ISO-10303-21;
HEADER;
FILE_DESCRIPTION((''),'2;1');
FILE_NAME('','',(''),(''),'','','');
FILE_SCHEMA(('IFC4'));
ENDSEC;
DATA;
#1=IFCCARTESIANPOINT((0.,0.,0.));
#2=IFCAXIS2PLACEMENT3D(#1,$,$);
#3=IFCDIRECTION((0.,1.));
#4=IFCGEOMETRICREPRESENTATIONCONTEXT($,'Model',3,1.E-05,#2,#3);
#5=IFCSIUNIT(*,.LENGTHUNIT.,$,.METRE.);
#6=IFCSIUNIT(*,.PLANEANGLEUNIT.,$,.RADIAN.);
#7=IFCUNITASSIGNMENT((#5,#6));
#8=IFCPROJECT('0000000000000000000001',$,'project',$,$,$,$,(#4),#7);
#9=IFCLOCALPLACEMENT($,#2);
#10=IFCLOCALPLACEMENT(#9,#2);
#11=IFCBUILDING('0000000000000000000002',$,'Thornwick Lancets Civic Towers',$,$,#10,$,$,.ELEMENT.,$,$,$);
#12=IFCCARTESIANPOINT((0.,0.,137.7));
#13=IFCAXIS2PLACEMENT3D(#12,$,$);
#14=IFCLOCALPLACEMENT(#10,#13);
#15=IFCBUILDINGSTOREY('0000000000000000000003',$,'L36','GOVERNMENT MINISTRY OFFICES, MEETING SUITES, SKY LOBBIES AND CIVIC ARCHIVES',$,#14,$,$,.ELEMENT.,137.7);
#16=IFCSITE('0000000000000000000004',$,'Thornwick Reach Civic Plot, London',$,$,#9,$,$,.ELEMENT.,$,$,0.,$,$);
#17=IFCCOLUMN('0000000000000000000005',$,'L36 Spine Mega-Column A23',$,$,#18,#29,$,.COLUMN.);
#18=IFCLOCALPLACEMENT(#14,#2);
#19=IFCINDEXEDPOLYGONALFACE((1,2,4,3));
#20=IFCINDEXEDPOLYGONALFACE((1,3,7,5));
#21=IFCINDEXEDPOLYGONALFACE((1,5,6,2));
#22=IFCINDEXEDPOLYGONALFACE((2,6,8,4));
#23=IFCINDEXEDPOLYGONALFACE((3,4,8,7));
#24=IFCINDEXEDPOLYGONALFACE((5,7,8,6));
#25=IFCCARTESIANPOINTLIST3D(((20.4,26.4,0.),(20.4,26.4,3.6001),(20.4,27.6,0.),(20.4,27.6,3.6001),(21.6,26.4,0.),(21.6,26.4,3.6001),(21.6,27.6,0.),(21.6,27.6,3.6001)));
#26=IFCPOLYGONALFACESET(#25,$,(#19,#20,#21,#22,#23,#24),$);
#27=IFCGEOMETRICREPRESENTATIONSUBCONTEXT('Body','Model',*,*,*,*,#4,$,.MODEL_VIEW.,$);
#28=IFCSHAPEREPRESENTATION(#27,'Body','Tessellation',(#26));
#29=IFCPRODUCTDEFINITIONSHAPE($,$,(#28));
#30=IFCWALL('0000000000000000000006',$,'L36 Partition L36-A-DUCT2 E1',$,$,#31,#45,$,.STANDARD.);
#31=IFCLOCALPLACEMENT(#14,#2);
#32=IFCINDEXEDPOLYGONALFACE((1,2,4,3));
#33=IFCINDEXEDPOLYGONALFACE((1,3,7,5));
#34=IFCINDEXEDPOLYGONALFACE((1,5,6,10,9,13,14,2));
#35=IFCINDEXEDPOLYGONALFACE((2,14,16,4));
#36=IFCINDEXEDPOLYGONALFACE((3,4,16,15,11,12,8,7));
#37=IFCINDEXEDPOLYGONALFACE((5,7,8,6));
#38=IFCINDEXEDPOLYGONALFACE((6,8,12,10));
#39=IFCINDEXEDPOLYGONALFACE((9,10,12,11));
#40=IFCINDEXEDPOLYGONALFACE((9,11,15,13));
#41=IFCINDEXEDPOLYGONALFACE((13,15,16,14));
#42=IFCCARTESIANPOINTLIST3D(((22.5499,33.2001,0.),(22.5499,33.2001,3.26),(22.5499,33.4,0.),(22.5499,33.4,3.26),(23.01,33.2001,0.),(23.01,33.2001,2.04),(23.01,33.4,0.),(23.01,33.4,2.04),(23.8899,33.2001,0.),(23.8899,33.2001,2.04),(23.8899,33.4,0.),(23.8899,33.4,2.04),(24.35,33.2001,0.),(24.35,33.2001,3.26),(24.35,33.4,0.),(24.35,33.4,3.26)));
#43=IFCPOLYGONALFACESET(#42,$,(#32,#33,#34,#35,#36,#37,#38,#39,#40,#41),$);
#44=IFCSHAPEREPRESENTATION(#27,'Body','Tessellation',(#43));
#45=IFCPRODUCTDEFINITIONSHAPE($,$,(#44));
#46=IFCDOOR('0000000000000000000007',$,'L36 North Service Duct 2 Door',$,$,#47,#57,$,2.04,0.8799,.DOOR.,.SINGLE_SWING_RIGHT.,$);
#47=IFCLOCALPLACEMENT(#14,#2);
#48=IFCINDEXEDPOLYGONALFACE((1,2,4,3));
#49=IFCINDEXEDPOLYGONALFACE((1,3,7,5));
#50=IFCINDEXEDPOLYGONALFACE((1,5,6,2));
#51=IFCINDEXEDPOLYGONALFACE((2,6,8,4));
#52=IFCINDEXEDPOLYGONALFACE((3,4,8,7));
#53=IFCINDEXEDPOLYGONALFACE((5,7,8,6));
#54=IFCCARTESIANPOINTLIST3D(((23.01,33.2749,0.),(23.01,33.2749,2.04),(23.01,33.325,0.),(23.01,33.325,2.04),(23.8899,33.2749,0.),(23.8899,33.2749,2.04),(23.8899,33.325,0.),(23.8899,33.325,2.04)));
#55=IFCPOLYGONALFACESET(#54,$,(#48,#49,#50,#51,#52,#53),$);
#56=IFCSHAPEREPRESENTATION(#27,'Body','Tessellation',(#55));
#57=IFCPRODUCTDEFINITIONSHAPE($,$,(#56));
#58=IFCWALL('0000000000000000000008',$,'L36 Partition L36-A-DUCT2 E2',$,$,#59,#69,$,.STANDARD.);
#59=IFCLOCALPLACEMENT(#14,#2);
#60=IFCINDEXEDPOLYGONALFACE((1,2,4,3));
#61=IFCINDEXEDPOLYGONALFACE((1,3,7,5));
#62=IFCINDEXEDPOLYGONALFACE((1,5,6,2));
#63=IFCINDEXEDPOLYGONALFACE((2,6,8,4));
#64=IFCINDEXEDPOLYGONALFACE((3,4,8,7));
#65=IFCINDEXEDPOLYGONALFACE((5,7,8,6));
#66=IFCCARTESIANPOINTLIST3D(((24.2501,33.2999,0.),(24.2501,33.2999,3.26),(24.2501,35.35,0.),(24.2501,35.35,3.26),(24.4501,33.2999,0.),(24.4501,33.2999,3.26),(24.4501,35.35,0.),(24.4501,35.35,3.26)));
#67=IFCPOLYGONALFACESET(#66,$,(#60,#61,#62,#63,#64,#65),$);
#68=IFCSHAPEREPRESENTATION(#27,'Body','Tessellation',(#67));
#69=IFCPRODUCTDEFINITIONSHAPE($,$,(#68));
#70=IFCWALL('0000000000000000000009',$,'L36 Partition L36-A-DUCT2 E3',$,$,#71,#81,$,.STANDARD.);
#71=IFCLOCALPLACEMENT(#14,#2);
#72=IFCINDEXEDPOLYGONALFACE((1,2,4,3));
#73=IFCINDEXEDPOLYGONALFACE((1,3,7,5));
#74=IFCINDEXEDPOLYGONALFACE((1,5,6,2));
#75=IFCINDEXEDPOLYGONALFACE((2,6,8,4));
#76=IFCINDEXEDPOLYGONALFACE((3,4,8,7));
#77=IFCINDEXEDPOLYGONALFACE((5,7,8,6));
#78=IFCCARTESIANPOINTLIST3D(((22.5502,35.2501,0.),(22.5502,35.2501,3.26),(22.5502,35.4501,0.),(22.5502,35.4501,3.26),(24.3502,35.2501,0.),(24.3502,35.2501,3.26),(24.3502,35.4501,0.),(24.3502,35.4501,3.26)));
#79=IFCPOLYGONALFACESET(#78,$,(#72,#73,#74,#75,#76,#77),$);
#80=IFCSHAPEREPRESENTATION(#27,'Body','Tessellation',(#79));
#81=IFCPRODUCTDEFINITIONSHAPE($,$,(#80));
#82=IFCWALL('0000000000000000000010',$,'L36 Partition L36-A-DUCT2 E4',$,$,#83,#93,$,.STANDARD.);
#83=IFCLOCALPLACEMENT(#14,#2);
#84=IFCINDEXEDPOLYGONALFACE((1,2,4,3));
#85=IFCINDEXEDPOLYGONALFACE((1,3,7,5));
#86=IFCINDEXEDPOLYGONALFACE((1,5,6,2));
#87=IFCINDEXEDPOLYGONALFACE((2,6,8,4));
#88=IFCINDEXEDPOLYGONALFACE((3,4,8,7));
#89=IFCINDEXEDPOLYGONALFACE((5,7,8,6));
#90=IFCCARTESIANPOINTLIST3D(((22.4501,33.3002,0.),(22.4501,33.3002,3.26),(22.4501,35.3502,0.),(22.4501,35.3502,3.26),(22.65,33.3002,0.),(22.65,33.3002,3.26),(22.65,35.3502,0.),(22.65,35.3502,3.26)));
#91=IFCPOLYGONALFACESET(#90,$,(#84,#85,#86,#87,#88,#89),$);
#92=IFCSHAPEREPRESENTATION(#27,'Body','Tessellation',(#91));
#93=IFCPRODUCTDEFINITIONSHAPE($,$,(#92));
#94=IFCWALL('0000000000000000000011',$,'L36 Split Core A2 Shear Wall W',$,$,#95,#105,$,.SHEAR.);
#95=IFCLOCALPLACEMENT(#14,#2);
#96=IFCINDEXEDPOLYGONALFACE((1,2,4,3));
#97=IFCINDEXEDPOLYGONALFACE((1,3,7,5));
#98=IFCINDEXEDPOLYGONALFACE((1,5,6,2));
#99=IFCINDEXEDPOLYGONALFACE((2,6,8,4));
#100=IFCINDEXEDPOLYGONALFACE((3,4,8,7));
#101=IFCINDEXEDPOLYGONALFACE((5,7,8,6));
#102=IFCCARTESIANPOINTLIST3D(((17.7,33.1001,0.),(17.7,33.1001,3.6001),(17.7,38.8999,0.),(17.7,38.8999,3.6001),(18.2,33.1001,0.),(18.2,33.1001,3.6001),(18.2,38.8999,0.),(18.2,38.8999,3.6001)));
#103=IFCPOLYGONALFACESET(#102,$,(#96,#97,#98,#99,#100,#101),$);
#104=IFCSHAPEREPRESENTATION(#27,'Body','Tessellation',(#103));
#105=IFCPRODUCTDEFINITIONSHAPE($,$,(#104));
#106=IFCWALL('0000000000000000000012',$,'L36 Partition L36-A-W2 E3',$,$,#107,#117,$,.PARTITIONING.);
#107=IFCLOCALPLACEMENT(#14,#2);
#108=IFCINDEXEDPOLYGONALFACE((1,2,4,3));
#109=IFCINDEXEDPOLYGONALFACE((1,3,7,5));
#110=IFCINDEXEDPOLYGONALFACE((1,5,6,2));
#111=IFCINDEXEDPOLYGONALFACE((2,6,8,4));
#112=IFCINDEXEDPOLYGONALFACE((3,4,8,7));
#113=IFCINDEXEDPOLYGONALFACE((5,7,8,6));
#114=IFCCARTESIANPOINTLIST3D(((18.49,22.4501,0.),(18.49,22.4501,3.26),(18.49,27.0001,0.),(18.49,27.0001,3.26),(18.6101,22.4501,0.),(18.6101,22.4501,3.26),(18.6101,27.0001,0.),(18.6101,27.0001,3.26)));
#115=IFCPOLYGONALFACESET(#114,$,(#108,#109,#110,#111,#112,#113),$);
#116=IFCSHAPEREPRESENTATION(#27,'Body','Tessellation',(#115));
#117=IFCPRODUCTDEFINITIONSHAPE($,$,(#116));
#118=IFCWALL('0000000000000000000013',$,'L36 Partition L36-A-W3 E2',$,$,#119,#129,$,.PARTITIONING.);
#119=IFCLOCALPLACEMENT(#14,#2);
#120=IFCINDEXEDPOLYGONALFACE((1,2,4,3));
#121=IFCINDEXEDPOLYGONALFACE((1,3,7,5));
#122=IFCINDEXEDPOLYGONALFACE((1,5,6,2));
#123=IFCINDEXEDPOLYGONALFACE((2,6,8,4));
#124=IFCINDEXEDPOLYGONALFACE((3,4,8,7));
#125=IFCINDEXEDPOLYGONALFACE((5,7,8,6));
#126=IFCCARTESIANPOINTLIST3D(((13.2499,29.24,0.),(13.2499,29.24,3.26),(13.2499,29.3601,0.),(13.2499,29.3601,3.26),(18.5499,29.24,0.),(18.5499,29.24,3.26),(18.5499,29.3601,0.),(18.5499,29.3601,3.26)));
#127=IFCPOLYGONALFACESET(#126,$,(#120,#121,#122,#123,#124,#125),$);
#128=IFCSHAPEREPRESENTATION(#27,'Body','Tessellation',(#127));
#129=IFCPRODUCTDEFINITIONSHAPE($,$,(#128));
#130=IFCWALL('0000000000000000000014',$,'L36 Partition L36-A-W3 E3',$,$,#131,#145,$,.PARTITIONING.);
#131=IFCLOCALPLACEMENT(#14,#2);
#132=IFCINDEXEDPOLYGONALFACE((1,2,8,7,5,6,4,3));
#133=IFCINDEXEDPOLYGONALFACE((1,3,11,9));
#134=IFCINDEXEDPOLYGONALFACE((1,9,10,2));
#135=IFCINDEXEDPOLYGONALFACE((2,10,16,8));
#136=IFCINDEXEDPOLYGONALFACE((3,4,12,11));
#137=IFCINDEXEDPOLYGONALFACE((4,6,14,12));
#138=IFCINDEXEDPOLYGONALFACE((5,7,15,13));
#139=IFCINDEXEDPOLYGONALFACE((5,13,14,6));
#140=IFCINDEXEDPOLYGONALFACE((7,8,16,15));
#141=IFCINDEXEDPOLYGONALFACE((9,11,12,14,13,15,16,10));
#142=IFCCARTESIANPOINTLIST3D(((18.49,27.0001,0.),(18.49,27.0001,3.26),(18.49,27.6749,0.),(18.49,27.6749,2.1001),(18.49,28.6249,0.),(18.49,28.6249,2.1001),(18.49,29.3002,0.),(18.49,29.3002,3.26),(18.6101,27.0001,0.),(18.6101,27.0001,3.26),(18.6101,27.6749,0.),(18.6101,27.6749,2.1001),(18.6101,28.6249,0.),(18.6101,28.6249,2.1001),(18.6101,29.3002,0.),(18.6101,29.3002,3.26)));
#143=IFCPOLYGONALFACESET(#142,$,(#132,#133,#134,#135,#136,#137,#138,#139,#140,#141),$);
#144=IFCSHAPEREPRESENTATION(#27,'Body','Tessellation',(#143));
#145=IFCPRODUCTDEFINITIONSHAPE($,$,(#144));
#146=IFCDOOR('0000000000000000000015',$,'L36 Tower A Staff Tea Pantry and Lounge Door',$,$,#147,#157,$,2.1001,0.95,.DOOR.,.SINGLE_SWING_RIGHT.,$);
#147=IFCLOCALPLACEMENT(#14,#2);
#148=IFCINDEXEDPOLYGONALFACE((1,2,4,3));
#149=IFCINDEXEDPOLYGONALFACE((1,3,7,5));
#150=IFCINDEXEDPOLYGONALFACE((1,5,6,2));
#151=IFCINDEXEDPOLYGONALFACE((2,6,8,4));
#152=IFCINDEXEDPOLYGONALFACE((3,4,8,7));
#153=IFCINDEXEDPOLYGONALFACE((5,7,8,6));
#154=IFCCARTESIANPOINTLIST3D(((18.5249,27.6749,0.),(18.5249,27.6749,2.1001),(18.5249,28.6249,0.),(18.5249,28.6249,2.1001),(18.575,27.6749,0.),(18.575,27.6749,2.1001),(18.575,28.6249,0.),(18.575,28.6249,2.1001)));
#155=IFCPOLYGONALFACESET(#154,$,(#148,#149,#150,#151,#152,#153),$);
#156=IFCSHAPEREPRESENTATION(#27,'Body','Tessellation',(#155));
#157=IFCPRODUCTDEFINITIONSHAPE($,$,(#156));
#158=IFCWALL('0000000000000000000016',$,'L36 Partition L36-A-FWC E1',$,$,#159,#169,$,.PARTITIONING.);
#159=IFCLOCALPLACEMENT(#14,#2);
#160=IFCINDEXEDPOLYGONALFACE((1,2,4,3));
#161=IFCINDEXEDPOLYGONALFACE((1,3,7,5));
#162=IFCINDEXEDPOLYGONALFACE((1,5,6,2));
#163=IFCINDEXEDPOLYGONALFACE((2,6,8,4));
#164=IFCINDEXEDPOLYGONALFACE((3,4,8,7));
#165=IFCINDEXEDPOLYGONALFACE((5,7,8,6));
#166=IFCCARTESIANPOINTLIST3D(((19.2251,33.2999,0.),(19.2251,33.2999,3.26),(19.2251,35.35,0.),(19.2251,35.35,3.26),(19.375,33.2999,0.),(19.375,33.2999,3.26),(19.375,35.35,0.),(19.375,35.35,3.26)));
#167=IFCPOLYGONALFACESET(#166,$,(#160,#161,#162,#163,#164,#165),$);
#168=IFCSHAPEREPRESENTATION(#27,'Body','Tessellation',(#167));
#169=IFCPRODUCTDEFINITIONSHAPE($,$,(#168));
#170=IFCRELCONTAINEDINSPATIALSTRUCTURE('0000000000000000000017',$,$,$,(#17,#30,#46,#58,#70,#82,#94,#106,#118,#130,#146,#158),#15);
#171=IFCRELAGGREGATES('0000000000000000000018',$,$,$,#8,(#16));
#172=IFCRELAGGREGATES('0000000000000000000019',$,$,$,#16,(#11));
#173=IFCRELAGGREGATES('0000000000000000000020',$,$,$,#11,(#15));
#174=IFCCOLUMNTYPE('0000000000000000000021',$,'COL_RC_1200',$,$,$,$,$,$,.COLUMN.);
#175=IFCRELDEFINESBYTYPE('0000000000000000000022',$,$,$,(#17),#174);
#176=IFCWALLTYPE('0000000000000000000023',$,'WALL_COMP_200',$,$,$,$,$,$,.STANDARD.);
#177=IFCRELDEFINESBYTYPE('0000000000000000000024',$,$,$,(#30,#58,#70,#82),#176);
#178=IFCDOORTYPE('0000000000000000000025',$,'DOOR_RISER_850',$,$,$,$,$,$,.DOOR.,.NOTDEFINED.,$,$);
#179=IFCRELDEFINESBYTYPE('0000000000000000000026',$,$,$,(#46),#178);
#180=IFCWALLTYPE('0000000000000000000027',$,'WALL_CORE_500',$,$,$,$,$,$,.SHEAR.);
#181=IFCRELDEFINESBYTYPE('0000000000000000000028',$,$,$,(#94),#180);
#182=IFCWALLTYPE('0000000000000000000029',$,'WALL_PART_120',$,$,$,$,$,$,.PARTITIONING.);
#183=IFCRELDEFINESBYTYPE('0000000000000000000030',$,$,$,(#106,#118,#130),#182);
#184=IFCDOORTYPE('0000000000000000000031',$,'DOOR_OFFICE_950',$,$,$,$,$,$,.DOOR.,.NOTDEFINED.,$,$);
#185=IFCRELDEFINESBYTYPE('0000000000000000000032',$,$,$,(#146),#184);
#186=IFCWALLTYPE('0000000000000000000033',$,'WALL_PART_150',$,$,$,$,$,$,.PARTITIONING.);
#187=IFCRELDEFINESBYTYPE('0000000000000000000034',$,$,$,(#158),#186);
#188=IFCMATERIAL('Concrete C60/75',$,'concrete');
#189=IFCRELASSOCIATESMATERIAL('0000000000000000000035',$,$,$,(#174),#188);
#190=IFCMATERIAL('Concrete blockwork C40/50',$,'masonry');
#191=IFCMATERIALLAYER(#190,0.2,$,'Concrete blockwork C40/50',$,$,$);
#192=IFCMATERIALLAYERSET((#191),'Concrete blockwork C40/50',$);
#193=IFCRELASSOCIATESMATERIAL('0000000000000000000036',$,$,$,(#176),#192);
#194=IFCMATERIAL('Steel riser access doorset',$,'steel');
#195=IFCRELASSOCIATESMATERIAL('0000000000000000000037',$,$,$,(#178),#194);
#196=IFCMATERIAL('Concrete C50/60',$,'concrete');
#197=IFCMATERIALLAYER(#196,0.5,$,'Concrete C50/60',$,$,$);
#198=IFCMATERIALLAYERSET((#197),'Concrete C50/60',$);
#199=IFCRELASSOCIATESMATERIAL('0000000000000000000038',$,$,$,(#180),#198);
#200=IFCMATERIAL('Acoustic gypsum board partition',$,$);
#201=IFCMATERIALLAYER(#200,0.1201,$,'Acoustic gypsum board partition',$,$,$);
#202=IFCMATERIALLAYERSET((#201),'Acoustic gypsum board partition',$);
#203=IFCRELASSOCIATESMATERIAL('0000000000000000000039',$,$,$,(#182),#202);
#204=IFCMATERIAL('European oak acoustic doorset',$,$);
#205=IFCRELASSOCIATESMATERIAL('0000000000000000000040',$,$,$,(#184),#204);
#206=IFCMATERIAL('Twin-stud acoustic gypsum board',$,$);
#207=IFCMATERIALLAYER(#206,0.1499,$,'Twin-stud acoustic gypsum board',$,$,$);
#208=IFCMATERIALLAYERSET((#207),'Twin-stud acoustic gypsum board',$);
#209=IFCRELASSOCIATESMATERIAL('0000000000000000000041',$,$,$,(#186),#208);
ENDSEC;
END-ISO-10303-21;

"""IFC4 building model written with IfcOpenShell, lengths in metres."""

from ifc_helpers import new_model, si_unit, direction, frame, frame_2d, origin, origin_2d, place, context, subcontext, project, spatial, rectangle, extrude, material, layer, layer_set, material_profile, profile_set, type_object, element, fill, save


model = new_model("IFC4")

# Units and contexts
model_context = context("Model", 3, precision=1e-05, world=origin(), true_north=direction((0.0, 1.0)))
body_context = subcontext(model_context, "Body", "Model", "MODEL_VIEW")
ifc_project = project(units=[si_unit("LENGTHUNIT", "METRE"), si_unit("PLANEANGLEUNIT", "RADIAN")], contexts=[model_context])

# Site, building, storey
site_placement = place(None, origin())
site = spatial("IfcSite", under=ifc_project, at=site_placement, Name="Thornwick Reach Civic Plot, London", CompositionType="ELEMENT", RefElevation=0.0)
building_placement = place(site_placement, origin())
building = spatial("IfcBuilding", under=site, at=building_placement, Name="Thornwick Lancets Civic Towers", CompositionType="ELEMENT")
storey_placement = place(building_placement, frame((0.0, 0.0, 137.7)))
storey = spatial("IfcBuildingStorey", under=building, at=storey_placement, Name="L36", Description="GOVERNMENT MINISTRY OFFICES, MEETING SUITES, SKY LOBBIES AND CIVIC ARCHIVES", CompositionType="ELEMENT", Elevation=137.7)

# Column
ifc_material_1 = material(Name="Concrete C60/75", Category="concrete")
ifc_material_profile = material_profile(ifc_material_1, rectangle(XDim=1.2, YDim=1.2, at=origin_2d()), Name="RC 1200x1200")
ifc_profile_set = profile_set([ifc_material_profile], Name="Concrete C60/75")
column_type = type_object("IfcColumnType", Name="COL_RC_1200", PredefinedType="COLUMN", material=ifc_profile_set)
column_placement = place(storey_placement, frame((21.0, 27.0, 0.0), z_axis=(0.0, 0.0, 1.0), x_axis=(1.0, 0.0, 0.0)))
element("IfcColumn", 1, at=column_placement, inside=storey, type_object=column_type, Name="L36 Spine Mega-Column A23", PredefinedType="COLUMN", context=body_context, shape_type="SweptSolid", body=[
    extrude(rectangle(XDim=1.2, YDim=1.2, at=origin_2d()), origin(), (0.0, 0.0, 1.0), 3.6001),
])

# Wall, opening, door
ifc_material_2 = material(Name="Concrete blockwork C40/50", Category="masonry")
ifc_layer_1 = layer(ifc_material_2, 0.2, Name="Concrete blockwork C40/50")
ifc_layer_set_1 = layer_set([ifc_layer_1], Name="Concrete blockwork C40/50")
wall_type_1 = type_object("IfcWallType", Name="WALL_COMP_200", PredefinedType="STANDARD", material=ifc_layer_set_1)
wall_1_placement = place(storey_placement, frame((22.55, 33.3, 0.0), z_axis=(0.0, 0.0, 1.0), x_axis=(1.0, 0.0, 0.0)))
wall_1 = element("IfcWall", 2, at=wall_1_placement, inside=storey, type_object=wall_type_1, Name="L36 Partition L36-A-DUCT2 E1", PredefinedType="STANDARD", context=body_context, shape_type="SweptSolid", body=[
    extrude(rectangle(XDim=1.8, YDim=0.2, at=frame_2d((0.8999, 0.0))), origin(), (0.0, 0.0, 1.0), 3.26),
])
opening_1_placement = place(wall_1_placement, frame((0.46, 0.0, 0.0)))
opening_1 = element("IfcOpeningElement", 3, at=opening_1_placement, cuts=wall_1, PredefinedType="OPENING", context=body_context, shape_type="SweptSolid", body=[
    extrude(rectangle(XDim=0.8799, YDim=2.04, at=frame_2d((0.4399, 1.02))), frame((0.0, 0.1099, 0.0), z_axis=(0.0, -1.0, 0.0), x_axis=(1.0, 0.0, 0.0)), (0.0, 0.0, 1.0), 0.22),
])
ifc_material_3 = material(Name="Steel riser access doorset", Category="steel")
door_type_1 = type_object("IfcDoorType", Name="DOOR_RISER_850", OperationType="NOTDEFINED", PredefinedType="DOOR", material=ifc_material_3)
door_1_placement = place(opening_1_placement, origin())
door_1 = element("IfcDoor", 4, at=door_1_placement, inside=storey, type_object=door_type_1, Name="L36 North Service Duct 2 Door", OperationType="SINGLE_SWING_RIGHT", OverallHeight=2.04, OverallWidth=0.8799, PredefinedType="DOOR", context=body_context, shape_type="SweptSolid", body=[
    extrude(rectangle(XDim=0.8799, YDim=2.04, at=frame_2d((0.4399, 1.02))), frame((0.0, 0.0249, 0.0), z_axis=(0.0, -1.0, 0.0), x_axis=(1.0, 0.0, 0.0)), (0.0, 0.0, 1.0), 0.05),
])
fill(opening_1, door_1)

# Walls
wall_2_placement = place(storey_placement, frame((24.3501, 33.3, 0.0), z_axis=(0.0, 0.0, 1.0), x_axis=(0.0, 1.0, 0.0)))
element("IfcWall", 5, at=wall_2_placement, inside=storey, type_object=wall_type_1, Name="L36 Partition L36-A-DUCT2 E2", PredefinedType="STANDARD", context=body_context, shape_type="SweptSolid", body=[
    extrude(rectangle(XDim=2.05, YDim=0.2, at=frame_2d((1.0249, 0.0))), origin(), (0.0, 0.0, 1.0), 3.26),
])
wall_3_placement = place(storey_placement, frame((24.3501, 35.3501, 0.0), z_axis=(0.0, 0.0, 1.0), x_axis=(-1.0, 0.0, 0.0)))
element("IfcWall", 6, at=wall_3_placement, inside=storey, type_object=wall_type_1, Name="L36 Partition L36-A-DUCT2 E3", PredefinedType="STANDARD", context=body_context, shape_type="SweptSolid", body=[
    extrude(rectangle(XDim=1.8, YDim=0.2, at=frame_2d((0.8999, 0.0))), origin(), (0.0, 0.0, 1.0), 3.26),
])
wall_4_placement = place(storey_placement, frame((22.55, 35.3501, 0.0), z_axis=(0.0, 0.0, 1.0), x_axis=(0.0, -1.0, 0.0)))
element("IfcWall", 7, at=wall_4_placement, inside=storey, type_object=wall_type_1, Name="L36 Partition L36-A-DUCT2 E4", PredefinedType="STANDARD", context=body_context, shape_type="SweptSolid", body=[
    extrude(rectangle(XDim=2.05, YDim=0.2, at=frame_2d((1.0249, 0.0))), origin(), (0.0, 0.0, 1.0), 3.26),
])
ifc_material_4 = material(Name="Concrete C50/60", Category="concrete")
ifc_layer_2 = layer(ifc_material_4, 0.5, Name="Concrete C50/60")
ifc_layer_set_2 = layer_set([ifc_layer_2], Name="Concrete C50/60")
wall_type_2 = type_object("IfcWallType", Name="WALL_CORE_500", PredefinedType="SHEAR", material=ifc_layer_set_2)
wall_5_placement = place(storey_placement, frame((17.95, 33.1001, 0.0), z_axis=(0.0, 0.0, 1.0), x_axis=(0.0, 1.0, 0.0)))
element("IfcWall", 8, at=wall_5_placement, inside=storey, type_object=wall_type_2, Name="L36 Split Core A2 Shear Wall W", PredefinedType="SHEAR", context=body_context, shape_type="SweptSolid", body=[
    extrude(rectangle(XDim=5.7998, YDim=0.5, at=frame_2d((2.8999, 0.0))), origin(), (0.0, 0.0, 1.0), 3.6001),
])
ifc_material_5 = material(Name="Acoustic gypsum board partition")
ifc_layer_3 = layer(ifc_material_5, 0.1201, Name="Acoustic gypsum board partition")
ifc_layer_set_3 = layer_set([ifc_layer_3], Name="Acoustic gypsum board partition")
wall_type_3 = type_object("IfcWallType", Name="WALL_PART_120", PredefinedType="PARTITIONING", material=ifc_layer_set_3)
wall_6_placement = place(storey_placement, frame((18.55, 27.0, 0.0), z_axis=(0.0, 0.0, 1.0), x_axis=(0.0, -1.0, 0.0)))
element("IfcWall", 9, at=wall_6_placement, inside=storey, type_object=wall_type_3, Name="L36 Partition L36-A-W2 E3", PredefinedType="PARTITIONING", context=body_context, shape_type="SweptSolid", body=[
    extrude(rectangle(XDim=4.55, YDim=0.1201, at=frame_2d((2.2749, 0.0))), origin(), (0.0, 0.0, 1.0), 3.26),
])
wall_7_placement = place(storey_placement, frame((13.25, 29.3, 0.0), z_axis=(0.0, 0.0, 1.0), x_axis=(1.0, 0.0, 0.0)))
element("IfcWall", 10, at=wall_7_placement, inside=storey, type_object=wall_type_3, Name="L36 Partition L36-A-W3 E2", PredefinedType="PARTITIONING", context=body_context, shape_type="SweptSolid", body=[
    extrude(rectangle(XDim=5.3, YDim=0.1201, at=frame_2d((2.6499, 0.0))), origin(), (0.0, 0.0, 1.0), 3.26),
])

# Wall, opening, door
wall_8_placement = place(storey_placement, frame((18.55, 29.3, 0.0), z_axis=(0.0, 0.0, 1.0), x_axis=(0.0, -1.0, 0.0)))
wall_8 = element("IfcWall", 11, at=wall_8_placement, inside=storey, type_object=wall_type_3, Name="L36 Partition L36-A-W3 E3", PredefinedType="PARTITIONING", context=body_context, shape_type="SweptSolid", body=[
    extrude(rectangle(XDim=2.3, YDim=0.1201, at=frame_2d((1.1499, 0.0))), origin(), (0.0, 0.0, 1.0), 3.26),
])
opening_2_placement = place(wall_8_placement, frame((0.675, 0.0, 0.0)))
opening_2 = element("IfcOpeningElement", 12, at=opening_2_placement, cuts=wall_8, PredefinedType="OPENING", context=body_context, shape_type="SweptSolid", body=[
    extrude(rectangle(XDim=0.95, YDim=2.1001, at=frame_2d((0.4751, 1.05))), frame((0.0, 0.0701, 0.0), z_axis=(0.0, -1.0, 0.0), x_axis=(1.0, 0.0, 0.0)), (0.0, 0.0, 1.0), 0.1401),
])
ifc_material_6 = material(Name="European oak acoustic doorset")
door_type_2 = type_object("IfcDoorType", Name="DOOR_OFFICE_950", OperationType="NOTDEFINED", PredefinedType="DOOR", material=ifc_material_6)
door_2_placement = place(opening_2_placement, origin())
door_2 = element("IfcDoor", 13, at=door_2_placement, inside=storey, type_object=door_type_2, Name="L36 Tower A Staff Tea Pantry and Lounge Door", OperationType="SINGLE_SWING_RIGHT", OverallHeight=2.1001, OverallWidth=0.95, PredefinedType="DOOR", context=body_context, shape_type="SweptSolid", body=[
    extrude(rectangle(XDim=0.95, YDim=2.1001, at=frame_2d((0.4751, 1.05))), frame((0.0, 0.0249, 0.0), z_axis=(0.0, -1.0, 0.0), x_axis=(1.0, 0.0, 0.0)), (0.0, 0.0, 1.0), 0.05),
])
fill(opening_2, door_2)

# Wall
ifc_material_7 = material(Name="Twin-stud acoustic gypsum board")
ifc_layer_4 = layer(ifc_material_7, 0.1499, Name="Twin-stud acoustic gypsum board")
ifc_layer_set_4 = layer_set([ifc_layer_4], Name="Twin-stud acoustic gypsum board")
wall_type_4 = type_object("IfcWallType", Name="WALL_PART_150", PredefinedType="PARTITIONING", material=ifc_layer_set_4)
wall_9_placement = place(storey_placement, frame((19.3, 33.3, 0.0), z_axis=(0.0, 0.0, 1.0), x_axis=(0.0, 1.0, 0.0)))
element("IfcWall", 14, at=wall_9_placement, inside=storey, type_object=wall_type_4, Name="L36 Partition L36-A-FWC E1", PredefinedType="PARTITIONING", context=body_context, shape_type="SweptSolid", body=[
    extrude(rectangle(XDim=2.05, YDim=0.1499, at=frame_2d((1.0249, 0.0))), origin(), (0.0, 0.0, 1.0), 3.26),
])

save(model, "model.ifc")
